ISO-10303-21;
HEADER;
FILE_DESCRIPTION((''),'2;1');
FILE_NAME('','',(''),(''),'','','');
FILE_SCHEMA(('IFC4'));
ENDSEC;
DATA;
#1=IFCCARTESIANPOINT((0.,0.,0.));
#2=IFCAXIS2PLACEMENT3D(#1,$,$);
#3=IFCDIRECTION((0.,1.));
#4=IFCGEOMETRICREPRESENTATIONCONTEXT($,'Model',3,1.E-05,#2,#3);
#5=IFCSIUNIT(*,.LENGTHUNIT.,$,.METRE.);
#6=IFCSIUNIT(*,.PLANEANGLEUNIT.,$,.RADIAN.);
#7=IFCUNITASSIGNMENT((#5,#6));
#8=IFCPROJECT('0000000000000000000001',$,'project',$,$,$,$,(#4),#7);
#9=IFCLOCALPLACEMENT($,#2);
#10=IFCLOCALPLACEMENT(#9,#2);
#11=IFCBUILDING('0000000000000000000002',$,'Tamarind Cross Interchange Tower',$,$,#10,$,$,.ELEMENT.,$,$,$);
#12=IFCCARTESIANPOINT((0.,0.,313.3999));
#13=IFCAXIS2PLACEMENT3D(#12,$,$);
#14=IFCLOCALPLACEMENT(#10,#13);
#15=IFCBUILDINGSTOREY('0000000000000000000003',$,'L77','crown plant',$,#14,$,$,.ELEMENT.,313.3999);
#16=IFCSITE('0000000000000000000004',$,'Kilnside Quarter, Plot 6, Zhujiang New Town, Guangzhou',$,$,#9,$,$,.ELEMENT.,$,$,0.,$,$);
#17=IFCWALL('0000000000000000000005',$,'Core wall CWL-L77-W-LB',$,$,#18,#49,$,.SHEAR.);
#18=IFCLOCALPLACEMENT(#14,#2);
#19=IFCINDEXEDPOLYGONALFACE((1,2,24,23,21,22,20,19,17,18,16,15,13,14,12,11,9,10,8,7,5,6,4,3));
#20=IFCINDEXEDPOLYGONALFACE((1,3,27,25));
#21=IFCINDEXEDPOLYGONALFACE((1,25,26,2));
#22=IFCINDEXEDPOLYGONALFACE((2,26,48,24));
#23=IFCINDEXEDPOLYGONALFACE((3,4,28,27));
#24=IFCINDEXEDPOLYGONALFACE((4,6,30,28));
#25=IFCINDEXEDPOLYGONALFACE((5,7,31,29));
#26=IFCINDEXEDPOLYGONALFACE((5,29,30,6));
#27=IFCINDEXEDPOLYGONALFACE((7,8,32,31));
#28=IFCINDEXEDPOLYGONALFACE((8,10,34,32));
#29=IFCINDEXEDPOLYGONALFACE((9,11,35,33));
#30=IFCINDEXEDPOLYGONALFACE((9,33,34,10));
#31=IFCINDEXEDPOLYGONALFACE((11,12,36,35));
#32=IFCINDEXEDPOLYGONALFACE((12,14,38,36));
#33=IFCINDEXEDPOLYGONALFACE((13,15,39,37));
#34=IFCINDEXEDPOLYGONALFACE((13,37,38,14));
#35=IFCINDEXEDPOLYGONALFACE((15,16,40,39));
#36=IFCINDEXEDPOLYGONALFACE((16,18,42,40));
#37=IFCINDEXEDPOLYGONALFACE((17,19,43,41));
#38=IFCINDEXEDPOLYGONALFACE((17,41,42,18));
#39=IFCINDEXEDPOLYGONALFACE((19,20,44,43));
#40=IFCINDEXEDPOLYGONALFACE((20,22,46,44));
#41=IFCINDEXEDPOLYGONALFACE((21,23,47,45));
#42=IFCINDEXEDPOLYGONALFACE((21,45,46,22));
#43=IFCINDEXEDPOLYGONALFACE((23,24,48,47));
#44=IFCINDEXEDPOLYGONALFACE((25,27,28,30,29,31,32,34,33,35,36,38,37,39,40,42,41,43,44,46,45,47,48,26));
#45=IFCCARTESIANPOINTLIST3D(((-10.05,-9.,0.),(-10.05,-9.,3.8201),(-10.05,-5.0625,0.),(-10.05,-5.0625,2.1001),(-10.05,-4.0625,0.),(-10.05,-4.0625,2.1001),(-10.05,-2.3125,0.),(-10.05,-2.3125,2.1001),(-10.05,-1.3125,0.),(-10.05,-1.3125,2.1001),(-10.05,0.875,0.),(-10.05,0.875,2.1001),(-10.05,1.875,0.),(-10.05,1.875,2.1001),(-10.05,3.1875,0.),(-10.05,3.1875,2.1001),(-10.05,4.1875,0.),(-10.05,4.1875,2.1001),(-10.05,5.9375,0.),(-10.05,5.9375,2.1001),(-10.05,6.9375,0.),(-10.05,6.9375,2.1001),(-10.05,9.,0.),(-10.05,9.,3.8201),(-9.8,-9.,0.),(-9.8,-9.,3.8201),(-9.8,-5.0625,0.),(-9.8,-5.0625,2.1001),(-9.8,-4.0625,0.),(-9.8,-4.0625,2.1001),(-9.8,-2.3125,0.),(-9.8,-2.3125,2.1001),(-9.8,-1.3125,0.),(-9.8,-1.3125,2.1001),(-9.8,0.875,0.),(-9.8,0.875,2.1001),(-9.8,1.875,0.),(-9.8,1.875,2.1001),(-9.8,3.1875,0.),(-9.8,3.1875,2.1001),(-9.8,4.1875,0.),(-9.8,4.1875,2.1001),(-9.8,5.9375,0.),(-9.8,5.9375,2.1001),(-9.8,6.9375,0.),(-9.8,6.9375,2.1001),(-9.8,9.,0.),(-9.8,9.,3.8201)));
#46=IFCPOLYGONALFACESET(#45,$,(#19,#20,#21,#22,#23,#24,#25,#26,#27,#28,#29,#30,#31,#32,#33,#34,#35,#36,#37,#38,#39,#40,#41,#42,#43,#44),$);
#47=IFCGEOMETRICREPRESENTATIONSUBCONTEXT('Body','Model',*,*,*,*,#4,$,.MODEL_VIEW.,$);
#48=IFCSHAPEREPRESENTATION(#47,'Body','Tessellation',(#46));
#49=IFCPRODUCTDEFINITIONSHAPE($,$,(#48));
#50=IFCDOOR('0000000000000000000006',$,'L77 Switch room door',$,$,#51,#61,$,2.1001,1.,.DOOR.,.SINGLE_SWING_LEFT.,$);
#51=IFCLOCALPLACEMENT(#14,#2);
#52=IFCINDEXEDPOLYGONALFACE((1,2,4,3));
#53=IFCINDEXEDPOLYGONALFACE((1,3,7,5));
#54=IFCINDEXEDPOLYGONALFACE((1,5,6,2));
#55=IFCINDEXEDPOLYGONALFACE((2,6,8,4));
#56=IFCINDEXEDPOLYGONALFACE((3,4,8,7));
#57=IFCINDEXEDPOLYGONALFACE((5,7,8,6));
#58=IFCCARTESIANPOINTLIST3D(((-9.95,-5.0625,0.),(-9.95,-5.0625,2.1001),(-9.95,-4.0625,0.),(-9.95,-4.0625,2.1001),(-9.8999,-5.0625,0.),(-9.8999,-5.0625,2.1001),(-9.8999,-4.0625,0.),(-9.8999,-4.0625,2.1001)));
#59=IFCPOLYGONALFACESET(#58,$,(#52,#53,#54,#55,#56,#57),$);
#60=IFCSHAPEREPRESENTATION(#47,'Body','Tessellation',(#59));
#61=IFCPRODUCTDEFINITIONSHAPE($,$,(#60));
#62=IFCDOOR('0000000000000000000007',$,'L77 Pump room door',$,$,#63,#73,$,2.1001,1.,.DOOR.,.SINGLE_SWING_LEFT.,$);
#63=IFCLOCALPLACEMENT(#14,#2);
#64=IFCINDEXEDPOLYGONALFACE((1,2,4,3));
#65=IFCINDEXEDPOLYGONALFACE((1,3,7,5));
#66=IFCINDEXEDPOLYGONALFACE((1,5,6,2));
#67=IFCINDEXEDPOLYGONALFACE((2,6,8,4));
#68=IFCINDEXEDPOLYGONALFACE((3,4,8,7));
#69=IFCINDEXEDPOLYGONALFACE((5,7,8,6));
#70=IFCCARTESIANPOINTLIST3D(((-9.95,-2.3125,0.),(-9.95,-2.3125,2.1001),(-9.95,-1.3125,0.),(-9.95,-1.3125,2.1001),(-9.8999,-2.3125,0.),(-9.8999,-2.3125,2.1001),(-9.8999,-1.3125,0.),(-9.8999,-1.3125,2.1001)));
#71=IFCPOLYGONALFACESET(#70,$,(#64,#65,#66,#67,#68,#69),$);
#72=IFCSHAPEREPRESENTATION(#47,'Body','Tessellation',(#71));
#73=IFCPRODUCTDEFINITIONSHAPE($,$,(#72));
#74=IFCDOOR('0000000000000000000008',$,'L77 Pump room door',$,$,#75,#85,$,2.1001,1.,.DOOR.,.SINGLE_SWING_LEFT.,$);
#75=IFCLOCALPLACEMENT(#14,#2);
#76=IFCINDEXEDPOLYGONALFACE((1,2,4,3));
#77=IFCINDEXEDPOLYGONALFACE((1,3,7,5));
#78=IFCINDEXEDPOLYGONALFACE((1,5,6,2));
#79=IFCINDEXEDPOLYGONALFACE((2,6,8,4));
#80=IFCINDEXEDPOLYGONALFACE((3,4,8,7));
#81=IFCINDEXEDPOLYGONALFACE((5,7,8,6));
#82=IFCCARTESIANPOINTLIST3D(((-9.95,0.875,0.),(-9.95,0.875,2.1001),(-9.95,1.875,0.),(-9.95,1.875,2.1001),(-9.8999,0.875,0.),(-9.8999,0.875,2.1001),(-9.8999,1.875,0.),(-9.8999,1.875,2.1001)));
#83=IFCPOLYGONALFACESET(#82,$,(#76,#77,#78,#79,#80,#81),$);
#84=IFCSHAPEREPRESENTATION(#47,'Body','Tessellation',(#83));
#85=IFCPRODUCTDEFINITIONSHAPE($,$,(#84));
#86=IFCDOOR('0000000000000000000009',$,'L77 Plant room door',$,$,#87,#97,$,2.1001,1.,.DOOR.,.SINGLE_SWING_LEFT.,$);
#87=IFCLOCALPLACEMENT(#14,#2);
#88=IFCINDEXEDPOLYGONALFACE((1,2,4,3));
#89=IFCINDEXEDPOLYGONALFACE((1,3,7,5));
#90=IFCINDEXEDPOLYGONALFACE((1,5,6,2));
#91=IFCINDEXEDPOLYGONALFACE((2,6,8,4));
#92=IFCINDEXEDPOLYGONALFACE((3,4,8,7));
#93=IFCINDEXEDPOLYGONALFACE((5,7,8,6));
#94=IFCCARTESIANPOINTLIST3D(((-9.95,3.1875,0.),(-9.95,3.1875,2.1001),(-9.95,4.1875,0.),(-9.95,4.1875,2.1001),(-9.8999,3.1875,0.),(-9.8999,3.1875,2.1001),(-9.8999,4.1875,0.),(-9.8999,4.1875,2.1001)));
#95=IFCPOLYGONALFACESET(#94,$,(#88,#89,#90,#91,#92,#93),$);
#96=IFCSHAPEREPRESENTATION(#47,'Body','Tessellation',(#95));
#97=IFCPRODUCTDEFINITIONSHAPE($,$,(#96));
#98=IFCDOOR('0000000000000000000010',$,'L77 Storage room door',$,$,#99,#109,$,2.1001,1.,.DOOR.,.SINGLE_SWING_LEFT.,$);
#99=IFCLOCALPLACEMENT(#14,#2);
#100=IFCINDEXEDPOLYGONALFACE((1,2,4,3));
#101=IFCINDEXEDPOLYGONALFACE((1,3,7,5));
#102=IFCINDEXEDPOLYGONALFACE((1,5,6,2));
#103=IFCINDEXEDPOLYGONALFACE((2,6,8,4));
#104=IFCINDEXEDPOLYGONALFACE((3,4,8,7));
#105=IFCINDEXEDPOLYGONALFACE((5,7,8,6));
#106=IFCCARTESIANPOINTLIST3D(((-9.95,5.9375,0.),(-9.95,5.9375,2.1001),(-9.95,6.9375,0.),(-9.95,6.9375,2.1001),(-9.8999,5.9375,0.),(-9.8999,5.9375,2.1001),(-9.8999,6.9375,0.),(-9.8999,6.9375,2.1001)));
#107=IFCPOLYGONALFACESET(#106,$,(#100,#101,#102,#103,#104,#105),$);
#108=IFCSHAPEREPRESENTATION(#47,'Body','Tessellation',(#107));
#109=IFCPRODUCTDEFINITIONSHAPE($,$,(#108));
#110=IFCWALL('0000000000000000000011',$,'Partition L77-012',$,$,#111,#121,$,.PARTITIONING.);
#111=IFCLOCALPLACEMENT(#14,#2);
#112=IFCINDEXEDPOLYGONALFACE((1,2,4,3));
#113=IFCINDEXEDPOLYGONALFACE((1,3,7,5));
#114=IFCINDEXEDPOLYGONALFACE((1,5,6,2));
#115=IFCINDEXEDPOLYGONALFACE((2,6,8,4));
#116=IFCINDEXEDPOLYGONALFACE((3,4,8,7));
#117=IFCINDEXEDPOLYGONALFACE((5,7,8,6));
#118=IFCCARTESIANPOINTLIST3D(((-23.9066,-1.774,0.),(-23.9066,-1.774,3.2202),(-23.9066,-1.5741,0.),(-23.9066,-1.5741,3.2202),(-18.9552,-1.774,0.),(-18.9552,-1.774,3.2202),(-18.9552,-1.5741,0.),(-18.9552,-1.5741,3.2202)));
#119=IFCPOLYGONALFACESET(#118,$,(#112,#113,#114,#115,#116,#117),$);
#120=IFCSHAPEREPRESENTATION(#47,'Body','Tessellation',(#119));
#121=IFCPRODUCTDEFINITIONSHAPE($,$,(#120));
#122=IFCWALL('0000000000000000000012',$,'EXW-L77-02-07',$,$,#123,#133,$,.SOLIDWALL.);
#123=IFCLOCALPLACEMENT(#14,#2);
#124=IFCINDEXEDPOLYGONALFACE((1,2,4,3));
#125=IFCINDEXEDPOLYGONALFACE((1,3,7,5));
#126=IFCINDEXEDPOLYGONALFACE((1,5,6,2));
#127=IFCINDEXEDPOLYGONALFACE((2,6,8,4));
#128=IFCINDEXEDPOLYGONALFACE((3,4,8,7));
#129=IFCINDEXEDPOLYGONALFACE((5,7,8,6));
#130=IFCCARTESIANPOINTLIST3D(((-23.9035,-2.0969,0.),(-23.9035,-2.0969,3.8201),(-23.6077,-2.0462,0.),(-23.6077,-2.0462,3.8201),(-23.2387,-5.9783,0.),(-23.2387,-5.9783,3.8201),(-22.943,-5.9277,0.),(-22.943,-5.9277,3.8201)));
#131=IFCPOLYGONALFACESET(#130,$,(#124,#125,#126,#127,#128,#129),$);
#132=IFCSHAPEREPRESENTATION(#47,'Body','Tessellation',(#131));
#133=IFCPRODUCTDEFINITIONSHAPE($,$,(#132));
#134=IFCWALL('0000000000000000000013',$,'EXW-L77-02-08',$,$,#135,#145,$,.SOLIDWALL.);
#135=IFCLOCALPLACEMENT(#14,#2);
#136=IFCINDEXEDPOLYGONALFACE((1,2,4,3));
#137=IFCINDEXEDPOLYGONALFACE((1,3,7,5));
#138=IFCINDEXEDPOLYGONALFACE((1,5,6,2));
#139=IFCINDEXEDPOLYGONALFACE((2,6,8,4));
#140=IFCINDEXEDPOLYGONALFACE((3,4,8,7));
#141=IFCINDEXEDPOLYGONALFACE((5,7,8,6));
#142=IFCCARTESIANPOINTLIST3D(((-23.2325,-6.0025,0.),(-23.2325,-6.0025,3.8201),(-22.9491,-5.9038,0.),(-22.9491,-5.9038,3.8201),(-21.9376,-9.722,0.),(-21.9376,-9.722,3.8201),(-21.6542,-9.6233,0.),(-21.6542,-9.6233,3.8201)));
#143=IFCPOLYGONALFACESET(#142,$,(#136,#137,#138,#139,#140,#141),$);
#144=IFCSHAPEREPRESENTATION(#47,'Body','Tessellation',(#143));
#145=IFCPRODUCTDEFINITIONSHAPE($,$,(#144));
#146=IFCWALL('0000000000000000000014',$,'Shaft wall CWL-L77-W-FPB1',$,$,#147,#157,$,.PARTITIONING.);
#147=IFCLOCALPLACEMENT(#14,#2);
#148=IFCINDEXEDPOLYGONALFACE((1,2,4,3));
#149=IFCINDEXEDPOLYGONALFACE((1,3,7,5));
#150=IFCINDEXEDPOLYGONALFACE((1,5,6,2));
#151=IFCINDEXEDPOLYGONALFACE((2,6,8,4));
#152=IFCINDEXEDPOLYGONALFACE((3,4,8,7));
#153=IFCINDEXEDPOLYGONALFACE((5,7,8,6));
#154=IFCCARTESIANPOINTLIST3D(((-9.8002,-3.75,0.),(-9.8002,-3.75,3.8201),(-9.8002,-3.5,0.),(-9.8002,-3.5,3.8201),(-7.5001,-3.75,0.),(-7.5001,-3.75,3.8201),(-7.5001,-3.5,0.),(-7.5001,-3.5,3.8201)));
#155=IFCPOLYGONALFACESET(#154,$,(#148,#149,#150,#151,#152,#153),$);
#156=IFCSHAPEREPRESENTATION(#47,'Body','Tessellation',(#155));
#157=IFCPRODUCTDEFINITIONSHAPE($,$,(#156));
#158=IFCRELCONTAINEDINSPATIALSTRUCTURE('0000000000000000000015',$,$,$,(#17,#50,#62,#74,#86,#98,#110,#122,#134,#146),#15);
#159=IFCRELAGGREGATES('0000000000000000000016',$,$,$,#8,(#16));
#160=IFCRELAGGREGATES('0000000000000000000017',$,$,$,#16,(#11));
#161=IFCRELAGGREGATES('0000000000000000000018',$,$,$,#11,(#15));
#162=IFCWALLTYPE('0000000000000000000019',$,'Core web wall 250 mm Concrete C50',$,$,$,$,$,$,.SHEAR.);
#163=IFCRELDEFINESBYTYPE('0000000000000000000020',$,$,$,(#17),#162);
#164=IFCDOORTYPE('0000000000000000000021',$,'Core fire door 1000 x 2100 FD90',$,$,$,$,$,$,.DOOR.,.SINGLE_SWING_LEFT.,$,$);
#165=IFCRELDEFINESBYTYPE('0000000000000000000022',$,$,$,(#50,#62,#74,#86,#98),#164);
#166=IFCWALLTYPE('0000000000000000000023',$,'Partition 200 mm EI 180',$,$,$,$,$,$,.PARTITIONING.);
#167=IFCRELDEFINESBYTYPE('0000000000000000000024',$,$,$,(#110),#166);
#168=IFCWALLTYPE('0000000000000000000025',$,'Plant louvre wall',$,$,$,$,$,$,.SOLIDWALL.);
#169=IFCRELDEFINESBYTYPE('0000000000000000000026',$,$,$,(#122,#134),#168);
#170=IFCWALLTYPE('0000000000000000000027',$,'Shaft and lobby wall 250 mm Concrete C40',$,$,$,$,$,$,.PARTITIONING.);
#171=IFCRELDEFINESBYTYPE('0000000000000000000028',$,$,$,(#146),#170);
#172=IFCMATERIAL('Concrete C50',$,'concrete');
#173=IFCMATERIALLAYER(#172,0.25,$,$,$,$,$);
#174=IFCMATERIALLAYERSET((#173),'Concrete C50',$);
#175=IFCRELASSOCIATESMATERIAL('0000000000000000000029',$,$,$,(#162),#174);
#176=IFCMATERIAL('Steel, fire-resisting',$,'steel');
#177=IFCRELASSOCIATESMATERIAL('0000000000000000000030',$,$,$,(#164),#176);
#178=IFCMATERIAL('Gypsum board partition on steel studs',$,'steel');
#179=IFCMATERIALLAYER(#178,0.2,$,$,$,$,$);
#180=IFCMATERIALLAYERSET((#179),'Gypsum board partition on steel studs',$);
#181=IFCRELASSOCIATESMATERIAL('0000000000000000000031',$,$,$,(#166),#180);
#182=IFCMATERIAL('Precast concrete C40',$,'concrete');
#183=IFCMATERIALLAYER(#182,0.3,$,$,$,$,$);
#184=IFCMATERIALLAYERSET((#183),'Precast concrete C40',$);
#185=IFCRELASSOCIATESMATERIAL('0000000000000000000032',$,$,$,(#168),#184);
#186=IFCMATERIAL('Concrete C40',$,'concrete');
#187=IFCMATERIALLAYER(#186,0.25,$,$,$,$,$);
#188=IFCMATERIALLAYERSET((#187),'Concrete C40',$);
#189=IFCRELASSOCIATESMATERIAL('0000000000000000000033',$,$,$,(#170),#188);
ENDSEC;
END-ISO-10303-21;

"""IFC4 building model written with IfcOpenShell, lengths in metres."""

from ifc_helpers import new_model, si_unit, direction, frame, frame_2d, origin, place, context, subcontext, project, spatial, rectangle, extrude, material, layer, layer_set, type_object, element, fill, save


model = new_model("IFC4")

# Units and contexts
model_context = context("Model", 3, precision=1e-05, world=origin(), true_north=direction((0.0, 1.0)))
body_context = subcontext(model_context, "Body", "Model", "MODEL_VIEW")
ifc_project = project(units=[si_unit("LENGTHUNIT", "METRE"), si_unit("PLANEANGLEUNIT", "RADIAN")], contexts=[model_context])

# Site, building, storey
site_placement = place(None, origin())
site = spatial("IfcSite", under=ifc_project, at=site_placement, Name="Kilnside Quarter, Plot 6, Zhujiang New Town, Guangzhou", CompositionType="ELEMENT", RefElevation=0.0)
building_placement = place(site_placement, origin())
building = spatial("IfcBuilding", under=site, at=building_placement, Name="Tamarind Cross Interchange Tower", CompositionType="ELEMENT")
storey_placement = place(building_placement, frame((0.0, 0.0, 313.3999)))
storey = spatial("IfcBuildingStorey", under=building, at=storey_placement, Name="L77", Description="crown plant", CompositionType="ELEMENT", Elevation=313.3999)

# Shared definitions
ifc_material_1 = material(Name="Concrete C50", Category="concrete")
ifc_layer_1 = layer(ifc_material_1, 0.25)
ifc_layer_set_1 = layer_set([ifc_layer_1], Name="Concrete C50")
wall_type_1 = type_object("IfcWallType", Name="Core web wall 250 mm Concrete C50", PredefinedType="SHEAR", material=ifc_layer_set_1)

# Wall, openings, doors
ifc_material_2 = material(Name="Steel, fire-resisting", Category="steel")
door_type_1 = type_object("IfcDoorType", Name="Core fire door 1000 x 2100 FD90", OperationType="SINGLE_SWING_LEFT", PredefinedType="DOOR", material=ifc_material_2)
wall_1_placement = place(storey_placement, frame((-9.925, -9.0, 0.0), z_axis=(0.0, 0.0, 1.0), x_axis=(0.0, 1.0, 0.0)))
wall_1 = element("IfcWall", 1, at=wall_1_placement, inside=storey, type_object=wall_type_1, Name="Core wall CWL-L77-W-LB", PredefinedType="SHEAR", context=body_context, shape_type="SweptSolid", body=[
    extrude(rectangle(XDim=18.0, YDim=0.25, at=frame_2d((9.0, 0.0))), origin(), (0.0, 0.0, 1.0), 3.8201),
])
opening_1_placement = place(wall_1_placement, frame((3.9375, 0.0, 0.0)))
opening_1 = element("IfcOpeningElement", 2, at=opening_1_placement, cuts=wall_1, PredefinedType="OPENING", context=body_context, shape_type="SweptSolid", body=[
    extrude(rectangle(XDim=1.0, YDim=2.1001, at=frame_2d((0.5, 1.05))), frame((0.0, 0.135, 0.0), z_axis=(0.0, -1.0, 0.0), x_axis=(1.0, 0.0, 0.0)), (0.0, 0.0, 1.0), 0.27),
])
opening_2_placement = place(wall_1_placement, frame((6.6875, 0.0, 0.0)))
opening_2 = element("IfcOpeningElement", 3, at=opening_2_placement, cuts=wall_1, PredefinedType="OPENING", context=body_context, shape_type="SweptSolid", body=[
    extrude(rectangle(XDim=1.0, YDim=2.1001, at=frame_2d((0.5, 1.05))), frame((0.0, 0.135, 0.0), z_axis=(0.0, -1.0, 0.0), x_axis=(1.0, 0.0, 0.0)), (0.0, 0.0, 1.0), 0.27),
])
opening_3_placement = place(wall_1_placement, frame((9.875, 0.0, 0.0)))
opening_3 = element("IfcOpeningElement", 4, at=opening_3_placement, cuts=wall_1, PredefinedType="OPENING", context=body_context, shape_type="SweptSolid", body=[
    extrude(rectangle(XDim=1.0, YDim=2.1001, at=frame_2d((0.5, 1.05))), frame((0.0, 0.135, 0.0), z_axis=(0.0, -1.0, 0.0), x_axis=(1.0, 0.0, 0.0)), (0.0, 0.0, 1.0), 0.27),
])
opening_4_placement = place(wall_1_placement, frame((12.1875, 0.0, 0.0)))
opening_4 = element("IfcOpeningElement", 5, at=opening_4_placement, cuts=wall_1, PredefinedType="OPENING", context=body_context, shape_type="SweptSolid", body=[
    extrude(rectangle(XDim=1.0, YDim=2.1001, at=frame_2d((0.5, 1.05))), frame((0.0, 0.135, 0.0), z_axis=(0.0, -1.0, 0.0), x_axis=(1.0, 0.0, 0.0)), (0.0, 0.0, 1.0), 0.27),
])
opening_5_placement = place(wall_1_placement, frame((14.9375, 0.0, 0.0)))
opening_5 = element("IfcOpeningElement", 6, at=opening_5_placement, cuts=wall_1, PredefinedType="OPENING", context=body_context, shape_type="SweptSolid", body=[
    extrude(rectangle(XDim=1.0, YDim=2.1001, at=frame_2d((0.5, 1.05))), frame((0.0, 0.135, 0.0), z_axis=(0.0, -1.0, 0.0), x_axis=(1.0, 0.0, 0.0)), (0.0, 0.0, 1.0), 0.27),
])
door_1_placement = place(opening_1_placement, origin())
door_1 = element("IfcDoor", 7, at=door_1_placement, inside=storey, type_object=door_type_1, Name="L77 Switch room door", OperationType="SINGLE_SWING_LEFT", OverallHeight=2.1001, OverallWidth=1.0, PredefinedType="DOOR", context=body_context, shape_type="SweptSolid", body=[
    extrude(rectangle(XDim=1.0, YDim=2.1001, at=frame_2d((0.5, 1.05))), frame((0.0, 0.0249, 0.0), z_axis=(0.0, -1.0, 0.0), x_axis=(1.0, 0.0, 0.0)), (0.0, 0.0, 1.0), 0.05),
])
fill(opening_1, door_1)
door_2_placement = place(opening_2_placement, origin())
door_2 = element("IfcDoor", 8, at=door_2_placement, inside=storey, type_object=door_type_1, Name="L77 Pump room door", OperationType="SINGLE_SWING_LEFT", OverallHeight=2.1001, OverallWidth=1.0, PredefinedType="DOOR", context=body_context, shape_type="SweptSolid", body=[
    extrude(rectangle(XDim=1.0, YDim=2.1001, at=frame_2d((0.5, 1.05))), frame((0.0, 0.0249, 0.0), z_axis=(0.0, -1.0, 0.0), x_axis=(1.0, 0.0, 0.0)), (0.0, 0.0, 1.0), 0.05),
])
fill(opening_2, door_2)
door_3_placement = place(opening_3_placement, origin())
door_3 = element("IfcDoor", 9, at=door_3_placement, inside=storey, type_object=door_type_1, Name="L77 Pump room door", OperationType="SINGLE_SWING_LEFT", OverallHeight=2.1001, OverallWidth=1.0, PredefinedType="DOOR", context=body_context, shape_type="SweptSolid", body=[
    extrude(rectangle(XDim=1.0, YDim=2.1001, at=frame_2d((0.5, 1.05))), frame((0.0, 0.0249, 0.0), z_axis=(0.0, -1.0, 0.0), x_axis=(1.0, 0.0, 0.0)), (0.0, 0.0, 1.0), 0.05),
])
fill(opening_3, door_3)
door_4_placement = place(opening_4_placement, origin())
door_4 = element("IfcDoor", 10, at=door_4_placement, inside=storey, type_object=door_type_1, Name="L77 Plant room door", OperationType="SINGLE_SWING_LEFT", OverallHeight=2.1001, OverallWidth=1.0, PredefinedType="DOOR", context=body_context, shape_type="SweptSolid", body=[
    extrude(rectangle(XDim=1.0, YDim=2.1001, at=frame_2d((0.5, 1.05))), frame((0.0, 0.0249, 0.0), z_axis=(0.0, -1.0, 0.0), x_axis=(1.0, 0.0, 0.0)), (0.0, 0.0, 1.0), 0.05),
])
fill(opening_4, door_4)
door_5_placement = place(opening_5_placement, origin())
door_5 = element("IfcDoor", 11, at=door_5_placement, inside=storey, type_object=door_type_1, Name="L77 Storage room door", OperationType="SINGLE_SWING_LEFT", OverallHeight=2.1001, OverallWidth=1.0, PredefinedType="DOOR", context=body_context, shape_type="SweptSolid", body=[
    extrude(rectangle(XDim=1.0, YDim=2.1001, at=frame_2d((0.5, 1.05))), frame((0.0, 0.0249, 0.0), z_axis=(0.0, -1.0, 0.0), x_axis=(1.0, 0.0, 0.0)), (0.0, 0.0, 1.0), 0.05),
])
fill(opening_5, door_5)

# Walls
ifc_material_3 = material(Name="Gypsum board partition on steel studs", Category="steel")
ifc_layer_2 = layer(ifc_material_3, 0.2)
ifc_layer_set_2 = layer_set([ifc_layer_2], Name="Gypsum board partition on steel studs")
wall_type_2 = type_object("IfcWallType", Name="Partition 200 mm EI 180", PredefinedType="PARTITIONING", material=ifc_layer_set_2)
wall_2_placement = place(storey_placement, frame((-23.9065, -1.6741, 0.0), z_axis=(0.0, 0.0, 1.0), x_axis=(1.0, 0.0, 0.0)))
element("IfcWall", 12, at=wall_2_placement, inside=storey, type_object=wall_type_2, Name="Partition L77-012", PredefinedType="PARTITIONING", context=body_context, shape_type="SweptSolid", body=[
    extrude(rectangle(XDim=4.9514, YDim=0.2, at=frame_2d((2.4756, 0.0))), origin(), (0.0, 0.0, 1.0), 3.2202),
])
ifc_material_4 = material(Name="Precast concrete C40", Category="concrete")
ifc_layer_3 = layer(ifc_material_4, 0.3)
ifc_layer_set_3 = layer_set([ifc_layer_3], Name="Precast concrete C40")
wall_type_3 = type_object("IfcWallType", Name="Plant louvre wall", PredefinedType="SOLIDWALL", material=ifc_layer_set_3)
wall_3_placement = place(storey_placement, frame((-23.7556, -2.0715, 0.0), z_axis=(0.0, 0.0, 1.0), x_axis=(0.168811, -0.985648, 0.0)))
element("IfcWall", 13, at=wall_3_placement, inside=storey, type_object=wall_type_3, Name="EXW-L77-02-07", PredefinedType="SOLIDWALL", context=body_context, shape_type="SweptSolid", body=[
    extrude(rectangle(XDim=3.938, YDim=0.3, at=frame_2d((1.969, 0.0))), origin(), (0.0, 0.0, 1.0), 3.8201),
])
wall_4_placement = place(storey_placement, frame((-23.0908, -5.9531, 0.0), z_axis=(0.0, 0.0, 1.0), x_axis=(0.32879, -0.944403, 0.0)))
element("IfcWall", 14, at=wall_4_placement, inside=storey, type_object=wall_type_3, Name="EXW-L77-02-08", PredefinedType="SOLIDWALL", context=body_context, shape_type="SweptSolid", body=[
    extrude(rectangle(XDim=3.9385, YDim=0.3, at=frame_2d((1.9692, 0.0))), origin(), (0.0, 0.0, 1.0), 3.8201),
])
ifc_material_5 = material(Name="Concrete C40", Category="concrete")
ifc_layer_4 = layer(ifc_material_5, 0.25)
ifc_layer_set_4 = layer_set([ifc_layer_4], Name="Concrete C40")
wall_type_4 = type_object("IfcWallType", Name="Shaft and lobby wall 250 mm Concrete C40", PredefinedType="PARTITIONING", material=ifc_layer_set_4)
wall_5_placement = place(storey_placement, frame((-9.8, -3.625, 0.0), z_axis=(0.0, 0.0, 1.0), x_axis=(1.0, 0.0, 0.0)))
element("IfcWall", 15, at=wall_5_placement, inside=storey, type_object=wall_type_4, Name="Shaft wall CWL-L77-W-FPB1", PredefinedType="PARTITIONING", context=body_context, shape_type="SweptSolid", body=[
    extrude(rectangle(XDim=2.3, YDim=0.25, at=frame_2d((1.1499, 0.0))), origin(), (0.0, 0.0, 1.0), 3.8201),
])

save(model, "model.ifc")
